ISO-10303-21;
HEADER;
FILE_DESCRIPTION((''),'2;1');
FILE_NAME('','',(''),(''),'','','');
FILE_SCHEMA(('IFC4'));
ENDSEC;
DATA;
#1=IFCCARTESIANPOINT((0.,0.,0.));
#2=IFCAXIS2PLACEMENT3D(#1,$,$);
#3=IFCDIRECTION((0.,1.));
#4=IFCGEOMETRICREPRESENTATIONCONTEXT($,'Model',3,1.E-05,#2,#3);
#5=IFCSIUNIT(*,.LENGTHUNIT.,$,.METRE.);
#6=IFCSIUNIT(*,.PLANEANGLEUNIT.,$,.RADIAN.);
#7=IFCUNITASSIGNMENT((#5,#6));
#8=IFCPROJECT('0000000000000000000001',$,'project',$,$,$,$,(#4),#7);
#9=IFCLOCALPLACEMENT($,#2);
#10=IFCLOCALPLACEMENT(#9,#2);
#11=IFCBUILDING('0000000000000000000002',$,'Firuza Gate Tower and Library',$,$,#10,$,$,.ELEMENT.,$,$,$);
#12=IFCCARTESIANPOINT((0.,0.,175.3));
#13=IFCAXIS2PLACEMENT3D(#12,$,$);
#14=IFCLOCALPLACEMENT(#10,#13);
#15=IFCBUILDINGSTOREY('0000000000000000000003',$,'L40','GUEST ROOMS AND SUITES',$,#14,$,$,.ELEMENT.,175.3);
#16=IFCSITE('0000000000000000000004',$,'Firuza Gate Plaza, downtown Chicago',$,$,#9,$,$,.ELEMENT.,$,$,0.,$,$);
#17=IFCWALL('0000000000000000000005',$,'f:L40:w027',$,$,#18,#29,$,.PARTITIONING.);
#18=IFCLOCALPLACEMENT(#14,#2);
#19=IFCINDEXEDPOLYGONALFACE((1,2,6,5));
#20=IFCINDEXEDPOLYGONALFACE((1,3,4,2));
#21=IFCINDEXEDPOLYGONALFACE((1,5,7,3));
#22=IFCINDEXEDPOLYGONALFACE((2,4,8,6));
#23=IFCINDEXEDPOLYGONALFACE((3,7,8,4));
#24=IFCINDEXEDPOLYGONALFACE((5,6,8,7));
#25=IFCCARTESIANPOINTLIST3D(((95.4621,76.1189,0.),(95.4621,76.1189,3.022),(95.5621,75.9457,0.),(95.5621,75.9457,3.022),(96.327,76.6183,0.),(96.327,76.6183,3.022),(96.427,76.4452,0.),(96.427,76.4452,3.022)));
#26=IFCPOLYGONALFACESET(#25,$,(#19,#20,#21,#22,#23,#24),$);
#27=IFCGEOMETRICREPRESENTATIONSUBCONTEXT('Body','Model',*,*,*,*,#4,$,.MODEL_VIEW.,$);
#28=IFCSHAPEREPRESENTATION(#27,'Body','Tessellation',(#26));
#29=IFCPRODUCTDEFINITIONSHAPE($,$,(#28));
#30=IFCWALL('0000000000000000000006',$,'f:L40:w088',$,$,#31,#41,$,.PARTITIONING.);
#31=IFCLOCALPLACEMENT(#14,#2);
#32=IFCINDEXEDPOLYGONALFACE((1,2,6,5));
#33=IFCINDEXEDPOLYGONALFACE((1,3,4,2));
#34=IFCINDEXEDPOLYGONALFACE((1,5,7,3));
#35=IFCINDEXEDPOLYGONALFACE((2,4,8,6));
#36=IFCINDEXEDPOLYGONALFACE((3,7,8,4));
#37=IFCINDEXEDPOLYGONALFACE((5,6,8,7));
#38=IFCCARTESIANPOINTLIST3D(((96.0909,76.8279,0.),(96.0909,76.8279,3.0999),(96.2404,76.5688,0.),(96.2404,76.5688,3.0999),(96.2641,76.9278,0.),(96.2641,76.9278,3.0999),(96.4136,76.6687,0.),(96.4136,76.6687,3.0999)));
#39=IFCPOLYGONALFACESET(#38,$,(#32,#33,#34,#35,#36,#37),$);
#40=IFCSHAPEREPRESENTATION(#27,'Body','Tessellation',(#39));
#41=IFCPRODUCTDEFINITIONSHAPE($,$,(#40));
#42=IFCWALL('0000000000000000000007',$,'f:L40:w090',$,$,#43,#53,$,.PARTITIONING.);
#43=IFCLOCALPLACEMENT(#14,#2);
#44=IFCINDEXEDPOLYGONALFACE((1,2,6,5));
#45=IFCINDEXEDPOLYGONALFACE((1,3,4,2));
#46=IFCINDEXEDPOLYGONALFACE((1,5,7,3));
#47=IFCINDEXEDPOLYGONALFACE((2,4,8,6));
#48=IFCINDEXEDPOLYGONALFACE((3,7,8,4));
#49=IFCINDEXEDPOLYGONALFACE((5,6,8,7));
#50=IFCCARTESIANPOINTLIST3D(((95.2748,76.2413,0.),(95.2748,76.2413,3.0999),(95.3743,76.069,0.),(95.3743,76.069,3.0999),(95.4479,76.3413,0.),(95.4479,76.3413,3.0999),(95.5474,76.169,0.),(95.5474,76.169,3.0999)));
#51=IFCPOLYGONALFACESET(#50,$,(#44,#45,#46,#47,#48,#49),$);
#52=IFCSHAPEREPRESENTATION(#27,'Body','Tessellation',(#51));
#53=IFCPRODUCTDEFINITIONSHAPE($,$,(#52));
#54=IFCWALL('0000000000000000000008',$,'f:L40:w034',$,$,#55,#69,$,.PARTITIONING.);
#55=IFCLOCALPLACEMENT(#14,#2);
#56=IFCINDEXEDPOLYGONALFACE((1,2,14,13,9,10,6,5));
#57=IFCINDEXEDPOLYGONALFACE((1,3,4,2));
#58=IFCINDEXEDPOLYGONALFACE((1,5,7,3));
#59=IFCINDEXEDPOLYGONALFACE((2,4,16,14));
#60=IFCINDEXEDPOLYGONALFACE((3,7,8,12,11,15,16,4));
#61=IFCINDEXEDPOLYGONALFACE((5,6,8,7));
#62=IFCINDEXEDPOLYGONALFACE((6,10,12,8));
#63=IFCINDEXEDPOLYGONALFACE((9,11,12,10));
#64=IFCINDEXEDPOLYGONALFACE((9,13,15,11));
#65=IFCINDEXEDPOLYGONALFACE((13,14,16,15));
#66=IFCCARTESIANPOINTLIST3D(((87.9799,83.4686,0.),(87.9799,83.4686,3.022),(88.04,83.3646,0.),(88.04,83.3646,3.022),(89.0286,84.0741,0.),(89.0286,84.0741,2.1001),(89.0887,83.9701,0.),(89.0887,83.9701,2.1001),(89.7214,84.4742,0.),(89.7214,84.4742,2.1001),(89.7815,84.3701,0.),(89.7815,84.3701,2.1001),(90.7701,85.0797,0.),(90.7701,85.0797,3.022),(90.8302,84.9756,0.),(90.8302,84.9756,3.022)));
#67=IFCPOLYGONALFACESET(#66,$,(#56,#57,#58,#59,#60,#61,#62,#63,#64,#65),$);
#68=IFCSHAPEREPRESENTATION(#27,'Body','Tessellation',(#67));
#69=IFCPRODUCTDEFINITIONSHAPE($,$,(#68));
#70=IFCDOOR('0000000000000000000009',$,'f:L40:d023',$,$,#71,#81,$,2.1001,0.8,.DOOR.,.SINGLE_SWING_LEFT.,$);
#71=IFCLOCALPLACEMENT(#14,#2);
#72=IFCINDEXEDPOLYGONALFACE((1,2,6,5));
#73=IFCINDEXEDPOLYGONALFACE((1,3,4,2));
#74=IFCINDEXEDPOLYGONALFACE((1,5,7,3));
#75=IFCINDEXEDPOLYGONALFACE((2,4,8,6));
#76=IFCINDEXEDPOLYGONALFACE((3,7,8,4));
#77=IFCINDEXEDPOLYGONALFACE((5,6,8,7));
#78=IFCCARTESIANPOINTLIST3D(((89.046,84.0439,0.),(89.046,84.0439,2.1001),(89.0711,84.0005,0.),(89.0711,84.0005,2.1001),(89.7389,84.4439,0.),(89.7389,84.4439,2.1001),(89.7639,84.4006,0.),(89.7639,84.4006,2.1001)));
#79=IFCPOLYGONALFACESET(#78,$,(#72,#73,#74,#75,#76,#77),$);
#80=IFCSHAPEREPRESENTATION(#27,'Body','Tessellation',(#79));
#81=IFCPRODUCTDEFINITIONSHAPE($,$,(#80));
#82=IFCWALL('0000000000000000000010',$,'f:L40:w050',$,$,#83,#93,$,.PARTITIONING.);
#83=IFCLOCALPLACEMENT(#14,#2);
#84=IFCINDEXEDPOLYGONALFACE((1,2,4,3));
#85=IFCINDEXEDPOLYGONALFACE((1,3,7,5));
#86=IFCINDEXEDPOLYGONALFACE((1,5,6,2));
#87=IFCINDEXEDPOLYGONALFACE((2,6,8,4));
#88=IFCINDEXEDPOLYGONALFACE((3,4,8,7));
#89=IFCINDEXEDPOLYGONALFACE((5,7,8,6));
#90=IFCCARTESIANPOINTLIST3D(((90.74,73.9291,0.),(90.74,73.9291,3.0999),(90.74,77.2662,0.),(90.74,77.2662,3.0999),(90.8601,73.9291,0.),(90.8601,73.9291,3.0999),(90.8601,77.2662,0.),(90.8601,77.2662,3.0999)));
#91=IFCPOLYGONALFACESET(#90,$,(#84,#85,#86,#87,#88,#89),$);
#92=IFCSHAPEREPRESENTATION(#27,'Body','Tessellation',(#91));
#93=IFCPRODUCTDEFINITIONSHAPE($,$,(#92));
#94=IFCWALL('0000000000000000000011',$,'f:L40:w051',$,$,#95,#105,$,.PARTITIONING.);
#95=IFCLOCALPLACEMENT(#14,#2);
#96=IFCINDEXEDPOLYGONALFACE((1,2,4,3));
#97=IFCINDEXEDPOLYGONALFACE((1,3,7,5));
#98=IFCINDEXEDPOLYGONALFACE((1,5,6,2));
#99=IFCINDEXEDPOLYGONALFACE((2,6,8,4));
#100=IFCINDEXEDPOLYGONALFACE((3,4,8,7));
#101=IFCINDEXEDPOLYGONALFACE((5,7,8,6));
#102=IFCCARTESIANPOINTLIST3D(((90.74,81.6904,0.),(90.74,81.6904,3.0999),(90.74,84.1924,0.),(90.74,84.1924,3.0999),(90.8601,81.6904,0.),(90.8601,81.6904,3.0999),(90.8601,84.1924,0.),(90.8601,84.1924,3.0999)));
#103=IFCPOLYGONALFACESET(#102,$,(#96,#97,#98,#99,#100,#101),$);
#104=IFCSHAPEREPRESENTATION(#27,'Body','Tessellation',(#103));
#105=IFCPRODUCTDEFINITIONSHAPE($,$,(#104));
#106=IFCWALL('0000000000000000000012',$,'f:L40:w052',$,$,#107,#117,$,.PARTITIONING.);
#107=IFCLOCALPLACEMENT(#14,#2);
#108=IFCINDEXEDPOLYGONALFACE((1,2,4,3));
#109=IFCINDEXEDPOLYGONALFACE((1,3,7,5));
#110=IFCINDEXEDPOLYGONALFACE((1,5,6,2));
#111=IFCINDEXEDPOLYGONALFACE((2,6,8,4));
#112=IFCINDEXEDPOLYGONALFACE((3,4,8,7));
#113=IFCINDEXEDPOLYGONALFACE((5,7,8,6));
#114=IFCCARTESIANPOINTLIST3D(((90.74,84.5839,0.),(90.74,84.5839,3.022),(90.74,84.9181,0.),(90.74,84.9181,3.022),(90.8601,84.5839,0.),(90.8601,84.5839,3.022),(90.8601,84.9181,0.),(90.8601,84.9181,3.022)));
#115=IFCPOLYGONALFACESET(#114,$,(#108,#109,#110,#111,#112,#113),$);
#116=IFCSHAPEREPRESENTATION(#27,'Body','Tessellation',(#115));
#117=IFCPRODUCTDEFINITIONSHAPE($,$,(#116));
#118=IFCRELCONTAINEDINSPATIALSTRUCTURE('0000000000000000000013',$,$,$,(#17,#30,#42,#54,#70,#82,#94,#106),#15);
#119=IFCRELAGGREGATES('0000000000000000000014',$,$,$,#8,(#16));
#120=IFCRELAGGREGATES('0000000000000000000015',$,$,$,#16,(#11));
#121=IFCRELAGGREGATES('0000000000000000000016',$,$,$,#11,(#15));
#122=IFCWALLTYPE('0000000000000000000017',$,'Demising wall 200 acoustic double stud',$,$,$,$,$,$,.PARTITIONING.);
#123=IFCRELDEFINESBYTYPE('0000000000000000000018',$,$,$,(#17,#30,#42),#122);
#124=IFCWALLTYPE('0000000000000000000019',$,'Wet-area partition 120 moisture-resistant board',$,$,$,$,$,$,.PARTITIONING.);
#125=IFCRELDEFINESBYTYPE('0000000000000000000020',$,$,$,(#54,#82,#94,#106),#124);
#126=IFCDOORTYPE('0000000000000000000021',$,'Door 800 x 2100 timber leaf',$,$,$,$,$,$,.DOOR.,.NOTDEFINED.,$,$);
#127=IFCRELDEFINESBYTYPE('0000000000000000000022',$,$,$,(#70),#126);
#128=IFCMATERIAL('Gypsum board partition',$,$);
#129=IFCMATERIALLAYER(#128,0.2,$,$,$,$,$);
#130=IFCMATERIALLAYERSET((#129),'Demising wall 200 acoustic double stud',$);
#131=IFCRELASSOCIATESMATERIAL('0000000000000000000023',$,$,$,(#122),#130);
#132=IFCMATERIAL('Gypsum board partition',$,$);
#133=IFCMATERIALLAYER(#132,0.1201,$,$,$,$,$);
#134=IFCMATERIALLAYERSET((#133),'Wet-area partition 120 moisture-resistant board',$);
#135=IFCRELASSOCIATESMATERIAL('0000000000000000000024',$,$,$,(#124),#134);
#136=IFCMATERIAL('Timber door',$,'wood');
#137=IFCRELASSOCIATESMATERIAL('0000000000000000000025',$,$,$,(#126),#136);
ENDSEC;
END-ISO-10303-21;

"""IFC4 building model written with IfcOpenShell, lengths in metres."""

from ifc_helpers import new_model, si_unit, direction, frame, frame_2d, origin, place, context, subcontext, project, spatial, rectangle, extrude, material, layer, layer_set, type_object, element, fill, save


model = new_model("IFC4")

# Units and contexts
model_context = context("Model", 3, precision=1e-05, world=origin(), true_north=direction((0.0, 1.0)))
body_context = subcontext(model_context, "Body", "Model", "MODEL_VIEW")
ifc_project = project(units=[si_unit("LENGTHUNIT", "METRE"), si_unit("PLANEANGLEUNIT", "RADIAN")], contexts=[model_context])

# Site, building, storey
site_placement = place(None, origin())
site = spatial("IfcSite", under=ifc_project, at=site_placement, Name="Firuza Gate Plaza, downtown Chicago", CompositionType="ELEMENT", RefElevation=0.0)
building_placement = place(site_placement, origin())
building = spatial("IfcBuilding", under=site, at=building_placement, Name="Firuza Gate Tower and Library", CompositionType="ELEMENT")
storey_placement = place(building_placement, frame((0.0, 0.0, 175.3)))
storey = spatial("IfcBuildingStorey", under=building, at=storey_placement, Name="L40", Description="GUEST ROOMS AND SUITES", CompositionType="ELEMENT", Elevation=175.3)

# Walls
ifc_material_1 = material(Name="Gypsum board partition")
ifc_layer_1 = layer(ifc_material_1, 0.2)
ifc_layer_set_1 = layer_set([ifc_layer_1], Name="Demising wall 200 acoustic double stud")
wall_type_1 = type_object("IfcWallType", Name="Demising wall 200 acoustic double stud", PredefinedType="PARTITIONING", material=ifc_layer_set_1)
wall_1_placement = place(storey_placement, frame((95.512, 76.0322, 0.0), z_axis=(0.0, 0.0, 1.0), x_axis=(0.865978, 0.500082, 0.0)))
element("IfcWall", 1, at=wall_1_placement, inside=storey, type_object=wall_type_1, Name="f:L40:w027", PredefinedType="PARTITIONING", context=body_context, shape_type="SweptSolid", body=[
    extrude(rectangle(XDim=0.9988, YDim=0.2, at=frame_2d((0.4995, 0.0))), origin(), (0.0, 0.0, 1.0), 3.022),
])
wall_2_placement = place(storey_placement, frame((96.3269, 76.6189, 0.0), z_axis=(0.0, 0.0, 1.0), x_axis=(-0.499652, 0.866226, 0.0)))
element("IfcWall", 2, at=wall_2_placement, inside=storey, type_object=wall_type_1, Name="f:L40:w088", PredefinedType="PARTITIONING", context=body_context, shape_type="SweptSolid", body=[
    extrude(rectangle(XDim=0.2991, YDim=0.2, at=frame_2d((0.1494, 0.0))), origin(), (0.0, 0.0, 1.0), 3.0999),
])
wall_3_placement = place(storey_placement, frame((95.4609, 76.1189, 0.0), z_axis=(0.0, 0.0, 1.0), x_axis=(-0.500359, 0.865818, 0.0)))
element("IfcWall", 3, at=wall_3_placement, inside=storey, type_object=wall_type_1, Name="f:L40:w090", PredefinedType="PARTITIONING", context=body_context, shape_type="SweptSolid", body=[
    extrude(rectangle(XDim=0.199, YDim=0.2, at=frame_2d((0.0996, 0.0))), origin(), (0.0, 0.0, 1.0), 3.0999),
])

# Wall, opening, door
ifc_material_2 = material(Name="Gypsum board partition")
ifc_layer_2 = layer(ifc_material_2, 0.1201)
ifc_layer_set_2 = layer_set([ifc_layer_2], Name="Wet-area partition 120 moisture-resistant board")
wall_type_2 = type_object("IfcWallType", Name="Wet-area partition 120 moisture-resistant board", PredefinedType="PARTITIONING", material=ifc_layer_set_2)
wall_4_placement = place(storey_placement, frame((90.8, 85.0276, 0.0), z_axis=(0.0, 0.0, 1.0), x_axis=(-0.86601, -0.500026, 0.0)))
wall_4 = element("IfcWall", 4, at=wall_4_placement, inside=storey, type_object=wall_type_2, Name="f:L40:w034", PredefinedType="PARTITIONING", context=body_context, shape_type="SweptSolid", body=[
    extrude(rectangle(XDim=3.2219, YDim=0.1201, at=frame_2d((1.6108, 0.0))), origin(), (0.0, 0.0, 1.0), 3.022),
])
opening_placement = place(wall_4_placement, frame((1.2109, 0.0, 0.0)))
opening = element("IfcOpeningElement", 5, at=opening_placement, cuts=wall_4, PredefinedType="OPENING", context=body_context, shape_type="SweptSolid", body=[
    extrude(rectangle(XDim=0.8, YDim=2.1001, at=frame_2d((0.3999, 1.05))), frame((0.0, 0.0701, 0.0), z_axis=(0.0, -1.0, 0.0), x_axis=(1.0, 0.0, 0.0)), (0.0, 0.0, 1.0), 0.1401),
])
ifc_material_3 = material(Name="Timber door", Category="wood")
door_type = type_object("IfcDoorType", Name="Door 800 x 2100 timber leaf", OperationType="NOTDEFINED", PredefinedType="DOOR", material=ifc_material_3)
door_placement = place(opening_placement, origin())
door = element("IfcDoor", 6, at=door_placement, inside=storey, type_object=door_type, Name="f:L40:d023", OperationType="SINGLE_SWING_LEFT", OverallHeight=2.1001, OverallWidth=0.8, PredefinedType="DOOR", context=body_context, shape_type="SweptSolid", body=[
    extrude(rectangle(XDim=0.8, YDim=2.1001, at=frame_2d((0.3999, 1.05))), frame((0.0, 0.0249, 0.0), z_axis=(0.0, -1.0, 0.0), x_axis=(1.0, 0.0, 0.0)), (0.0, 0.0, 1.0), 0.05),
])
fill(opening, door)

# Walls
wall_5_placement = place(storey_placement, frame((90.8, 73.9292, 0.0), z_axis=(0.0, 0.0, 1.0), x_axis=(0.0, 1.0, 0.0)))
element("IfcWall", 7, at=wall_5_placement, inside=storey, type_object=wall_type_2, Name="f:L40:w050", PredefinedType="PARTITIONING", context=body_context, shape_type="SweptSolid", body=[
    extrude(rectangle(XDim=3.3372, YDim=0.1201, at=frame_2d((1.6685, 0.0))), origin(), (0.0, 0.0, 1.0), 3.0999),
])
wall_6_placement = place(storey_placement, frame((90.8, 81.6904, 0.0), z_axis=(0.0, 0.0, 1.0), x_axis=(0.0, 1.0, 0.0)))
element("IfcWall", 8, at=wall_6_placement, inside=storey, type_object=wall_type_2, Name="f:L40:w051", PredefinedType="PARTITIONING", context=body_context, shape_type="SweptSolid", body=[
    extrude(rectangle(XDim=2.502, YDim=0.1201, at=frame_2d((1.251, 0.0))), origin(), (0.0, 0.0, 1.0), 3.0999),
])
wall_7_placement = place(storey_placement, frame((90.8, 84.584, 0.0), z_axis=(0.0, 0.0, 1.0), x_axis=(0.0, 1.0, 0.0)))
element("IfcWall", 9, at=wall_7_placement, inside=storey, type_object=wall_type_2, Name="f:L40:w052", PredefinedType="PARTITIONING", context=body_context, shape_type="SweptSolid", body=[
    extrude(rectangle(XDim=0.3342, YDim=0.1201, at=frame_2d((0.167, 0.0))), origin(), (0.0, 0.0, 1.0), 3.022),
])

save(model, "model.ifc")
